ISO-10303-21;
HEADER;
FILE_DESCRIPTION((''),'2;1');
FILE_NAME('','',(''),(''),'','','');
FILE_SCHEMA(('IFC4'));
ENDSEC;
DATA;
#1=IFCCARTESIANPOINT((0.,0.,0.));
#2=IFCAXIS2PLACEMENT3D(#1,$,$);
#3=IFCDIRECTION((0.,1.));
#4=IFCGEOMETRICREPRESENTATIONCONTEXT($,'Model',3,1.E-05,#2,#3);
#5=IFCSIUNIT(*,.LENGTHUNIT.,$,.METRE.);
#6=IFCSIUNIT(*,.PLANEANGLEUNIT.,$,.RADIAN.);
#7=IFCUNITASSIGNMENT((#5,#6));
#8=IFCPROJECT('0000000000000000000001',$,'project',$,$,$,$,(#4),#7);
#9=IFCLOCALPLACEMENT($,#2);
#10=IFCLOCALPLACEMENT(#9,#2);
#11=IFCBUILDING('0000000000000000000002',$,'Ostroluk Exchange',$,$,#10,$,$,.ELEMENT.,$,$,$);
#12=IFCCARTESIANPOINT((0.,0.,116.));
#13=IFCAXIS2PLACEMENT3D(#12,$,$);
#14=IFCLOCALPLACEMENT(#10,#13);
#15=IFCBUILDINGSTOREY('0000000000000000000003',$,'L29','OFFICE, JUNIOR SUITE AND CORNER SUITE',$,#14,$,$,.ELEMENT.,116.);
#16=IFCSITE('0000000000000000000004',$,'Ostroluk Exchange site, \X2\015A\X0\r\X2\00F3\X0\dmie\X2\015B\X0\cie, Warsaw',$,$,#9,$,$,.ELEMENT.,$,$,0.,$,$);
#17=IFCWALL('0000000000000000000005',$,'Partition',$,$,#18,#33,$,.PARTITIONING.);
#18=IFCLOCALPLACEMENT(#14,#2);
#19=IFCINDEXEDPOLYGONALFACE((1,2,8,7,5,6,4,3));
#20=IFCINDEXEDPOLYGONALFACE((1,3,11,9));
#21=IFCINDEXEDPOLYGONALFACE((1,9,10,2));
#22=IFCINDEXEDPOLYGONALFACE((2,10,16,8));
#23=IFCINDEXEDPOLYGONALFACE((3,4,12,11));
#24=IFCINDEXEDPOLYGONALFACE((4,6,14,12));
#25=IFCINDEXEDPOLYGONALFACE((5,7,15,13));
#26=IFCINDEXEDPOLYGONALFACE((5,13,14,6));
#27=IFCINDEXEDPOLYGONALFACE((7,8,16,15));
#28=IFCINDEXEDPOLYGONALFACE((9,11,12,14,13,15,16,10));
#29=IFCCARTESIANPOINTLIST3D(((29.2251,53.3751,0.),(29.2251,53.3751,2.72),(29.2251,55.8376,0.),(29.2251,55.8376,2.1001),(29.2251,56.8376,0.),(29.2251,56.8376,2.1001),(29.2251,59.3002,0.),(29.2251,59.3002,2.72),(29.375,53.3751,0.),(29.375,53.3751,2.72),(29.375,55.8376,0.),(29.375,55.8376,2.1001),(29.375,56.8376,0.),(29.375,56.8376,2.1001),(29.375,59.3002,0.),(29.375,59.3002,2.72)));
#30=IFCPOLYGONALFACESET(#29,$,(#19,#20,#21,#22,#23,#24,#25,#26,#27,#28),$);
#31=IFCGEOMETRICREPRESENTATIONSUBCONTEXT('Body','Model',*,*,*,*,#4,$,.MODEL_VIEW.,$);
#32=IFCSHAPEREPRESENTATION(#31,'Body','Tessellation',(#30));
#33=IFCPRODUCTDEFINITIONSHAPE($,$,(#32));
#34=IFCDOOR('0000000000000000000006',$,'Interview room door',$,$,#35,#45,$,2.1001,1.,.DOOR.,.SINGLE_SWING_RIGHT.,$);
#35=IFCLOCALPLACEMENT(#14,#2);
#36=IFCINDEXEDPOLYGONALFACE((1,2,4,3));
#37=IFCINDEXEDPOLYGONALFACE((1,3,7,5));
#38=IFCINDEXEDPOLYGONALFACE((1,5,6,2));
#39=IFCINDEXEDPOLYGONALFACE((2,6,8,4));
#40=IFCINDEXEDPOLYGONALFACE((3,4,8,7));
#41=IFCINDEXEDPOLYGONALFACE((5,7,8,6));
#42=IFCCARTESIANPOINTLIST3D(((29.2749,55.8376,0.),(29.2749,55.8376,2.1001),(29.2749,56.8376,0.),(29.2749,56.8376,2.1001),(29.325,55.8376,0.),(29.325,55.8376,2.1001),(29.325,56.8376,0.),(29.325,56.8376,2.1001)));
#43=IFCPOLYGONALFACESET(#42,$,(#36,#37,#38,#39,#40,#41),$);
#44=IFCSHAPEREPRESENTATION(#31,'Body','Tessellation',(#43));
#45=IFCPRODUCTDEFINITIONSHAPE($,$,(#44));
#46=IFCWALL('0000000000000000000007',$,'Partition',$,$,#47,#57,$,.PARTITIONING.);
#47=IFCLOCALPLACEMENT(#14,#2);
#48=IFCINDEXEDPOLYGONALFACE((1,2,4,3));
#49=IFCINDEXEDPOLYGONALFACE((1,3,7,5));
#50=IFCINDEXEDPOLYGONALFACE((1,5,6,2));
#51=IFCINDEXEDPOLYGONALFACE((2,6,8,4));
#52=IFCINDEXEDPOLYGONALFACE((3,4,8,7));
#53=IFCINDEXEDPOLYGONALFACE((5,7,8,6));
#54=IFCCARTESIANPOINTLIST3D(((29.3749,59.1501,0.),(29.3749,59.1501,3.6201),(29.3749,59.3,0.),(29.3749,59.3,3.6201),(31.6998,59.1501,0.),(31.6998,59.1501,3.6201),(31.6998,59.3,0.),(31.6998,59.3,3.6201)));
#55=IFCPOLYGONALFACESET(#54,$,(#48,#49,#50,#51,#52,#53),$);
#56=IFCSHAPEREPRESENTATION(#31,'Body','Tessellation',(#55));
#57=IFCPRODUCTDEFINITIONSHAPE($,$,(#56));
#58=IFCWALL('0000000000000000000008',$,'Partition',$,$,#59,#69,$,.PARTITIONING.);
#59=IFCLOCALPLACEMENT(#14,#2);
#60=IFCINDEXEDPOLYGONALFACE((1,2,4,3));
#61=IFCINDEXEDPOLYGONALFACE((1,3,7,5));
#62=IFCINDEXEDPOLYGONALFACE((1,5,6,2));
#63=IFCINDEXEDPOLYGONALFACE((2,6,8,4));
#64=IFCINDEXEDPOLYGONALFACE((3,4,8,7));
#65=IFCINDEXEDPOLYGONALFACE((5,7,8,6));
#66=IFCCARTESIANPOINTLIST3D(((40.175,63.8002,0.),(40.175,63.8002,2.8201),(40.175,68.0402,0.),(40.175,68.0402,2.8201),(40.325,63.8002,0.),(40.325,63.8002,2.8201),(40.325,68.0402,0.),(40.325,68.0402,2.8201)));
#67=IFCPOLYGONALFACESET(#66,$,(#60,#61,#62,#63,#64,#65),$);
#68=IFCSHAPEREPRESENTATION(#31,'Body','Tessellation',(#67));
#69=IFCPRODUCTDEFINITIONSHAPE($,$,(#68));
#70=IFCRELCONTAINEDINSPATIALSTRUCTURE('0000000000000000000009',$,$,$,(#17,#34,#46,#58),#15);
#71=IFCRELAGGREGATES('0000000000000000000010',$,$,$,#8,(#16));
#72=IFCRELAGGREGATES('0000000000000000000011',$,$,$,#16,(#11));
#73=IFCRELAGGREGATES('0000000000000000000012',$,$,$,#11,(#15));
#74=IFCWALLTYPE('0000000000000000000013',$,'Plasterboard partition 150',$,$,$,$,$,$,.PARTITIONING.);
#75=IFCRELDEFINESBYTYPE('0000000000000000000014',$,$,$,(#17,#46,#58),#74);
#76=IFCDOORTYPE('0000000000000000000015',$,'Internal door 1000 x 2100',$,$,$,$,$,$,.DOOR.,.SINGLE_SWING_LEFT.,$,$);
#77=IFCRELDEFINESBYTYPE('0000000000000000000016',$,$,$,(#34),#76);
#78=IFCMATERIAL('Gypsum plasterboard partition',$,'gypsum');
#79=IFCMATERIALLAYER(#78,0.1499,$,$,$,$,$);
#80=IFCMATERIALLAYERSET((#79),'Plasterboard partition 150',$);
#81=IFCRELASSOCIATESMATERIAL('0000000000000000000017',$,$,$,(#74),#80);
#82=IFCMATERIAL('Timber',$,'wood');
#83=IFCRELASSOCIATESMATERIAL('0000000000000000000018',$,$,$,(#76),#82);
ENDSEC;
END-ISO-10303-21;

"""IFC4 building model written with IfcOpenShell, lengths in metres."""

from ifc_helpers import new_model, si_unit, direction, frame, frame_2d, origin, place, context, subcontext, project, spatial, rectangle, extrude, material, layer, layer_set, type_object, element, fill, save


model = new_model("IFC4")

# Units and contexts
model_context = context("Model", 3, precision=1e-05, world=origin(), true_north=direction((0.0, 1.0)))
body_context = subcontext(model_context, "Body", "Model", "MODEL_VIEW")
ifc_project = project(units=[si_unit("LENGTHUNIT", "METRE"), si_unit("PLANEANGLEUNIT", "RADIAN")], contexts=[model_context])

# Site, building, storey
site_placement = place(None, origin())
site = spatial("IfcSite", under=ifc_project, at=site_placement, Name="Ostroluk Exchange site, Śródmieście, Warsaw", CompositionType="ELEMENT", RefElevation=0.0)
building_placement = place(site_placement, origin())
building = spatial("IfcBuilding", under=site, at=building_placement, Name="Ostroluk Exchange", CompositionType="ELEMENT")
storey_placement = place(building_placement, frame((0.0, 0.0, 116.0)))
storey = spatial("IfcBuildingStorey", under=building, at=storey_placement, Name="L29", Description="OFFICE, JUNIOR SUITE AND CORNER SUITE", CompositionType="ELEMENT", Elevation=116.0)

# Wall, opening, door
ifc_material_1 = material(Name="Gypsum plasterboard partition", Category="gypsum")
ifc_layer_1 = layer(ifc_material_1, 0.1499)
ifc_layer_set_1 = layer_set([ifc_layer_1], Name="Plasterboard partition 150")
wall_type_1 = type_object("IfcWallType", Name="Plasterboard partition 150", PredefinedType="PARTITIONING", material=ifc_layer_set_1)
wall_1_placement = place(storey_placement, frame((29.3, 59.3, 0.0), z_axis=(0.0, 0.0, 1.0), x_axis=(0.0, -1.0, 0.0)))
wall_1 = element("IfcWall", 1, at=wall_1_placement, inside=storey, type_object=wall_type_1, Name="Partition", PredefinedType="PARTITIONING", context=body_context, shape_type="SweptSolid", body=[
    extrude(rectangle(XDim=5.925, YDim=0.1499, at=frame_2d((2.9624, 0.0))), origin(), (0.0, 0.0, 1.0), 2.72),
])
opening_1_placement = place(wall_1_placement, frame((2.4624, 0.0, 0.0)))
opening_1 = element("IfcOpeningElement", 2, at=opening_1_placement, cuts=wall_1, PredefinedType="OPENING", context=body_context, shape_type="SweptSolid", body=[
    extrude(rectangle(XDim=1.0, YDim=2.1001, at=frame_2d((0.5, 1.05))), frame((0.0, 0.085, 0.0), z_axis=(0.0, -1.0, 0.0), x_axis=(1.0, 0.0, 0.0)), (0.0, 0.0, 1.0), 0.1699),
])
ifc_material_2 = material(Name="Timber", Category="wood")
door_type_1 = type_object("IfcDoorType", Name="Internal door 1000 x 2100", OperationType="SINGLE_SWING_LEFT", PredefinedType="DOOR", material=ifc_material_2)
door_1_placement = place(opening_1_placement, origin())
door_1 = element("IfcDoor", 3, at=door_1_placement, inside=storey, type_object=door_type_1, Name="Interview room door", OperationType="SINGLE_SWING_RIGHT", OverallHeight=2.1001, OverallWidth=1.0, PredefinedType="DOOR", context=body_context, shape_type="SweptSolid", body=[
    extrude(rectangle(XDim=1.0, YDim=2.1001, at=frame_2d((0.5, 1.05))), frame((0.0, 0.0249, 0.0), z_axis=(0.0, -1.0, 0.0), x_axis=(1.0, 0.0, 0.0)), (0.0, 0.0, 1.0), 0.05),
])
fill(opening_1, door_1)

# Walls
wall_2_placement = place(storey_placement, frame((31.7, 59.2251, 0.0), z_axis=(0.0, 0.0, 1.0), x_axis=(-1.0, 0.0, 0.0)))
element("IfcWall", 4, at=wall_2_placement, inside=storey, type_object=wall_type_1, Name="Partition", PredefinedType="PARTITIONING", context=body_context, shape_type="SweptSolid", body=[
    extrude(rectangle(XDim=2.325, YDim=0.1499, at=frame_2d((1.1626, 0.0))), origin(), (0.0, 0.0, 1.0), 3.6201),
])
wall_3_placement = place(storey_placement, frame((40.25, 63.8, 0.0), z_axis=(0.0, 0.0, 1.0), x_axis=(0.0, 1.0, 0.0)))
element("IfcWall", 5, at=wall_3_placement, inside=storey, type_object=wall_type_1, Name="Partition", PredefinedType="PARTITIONING", context=body_context, shape_type="SweptSolid", body=[
    extrude(rectangle(XDim=4.24, YDim=0.1499, at=frame_2d((2.1201, 0.0))), origin(), (0.0, 0.0, 1.0), 2.8201),
])

save(model, "model.ifc")
